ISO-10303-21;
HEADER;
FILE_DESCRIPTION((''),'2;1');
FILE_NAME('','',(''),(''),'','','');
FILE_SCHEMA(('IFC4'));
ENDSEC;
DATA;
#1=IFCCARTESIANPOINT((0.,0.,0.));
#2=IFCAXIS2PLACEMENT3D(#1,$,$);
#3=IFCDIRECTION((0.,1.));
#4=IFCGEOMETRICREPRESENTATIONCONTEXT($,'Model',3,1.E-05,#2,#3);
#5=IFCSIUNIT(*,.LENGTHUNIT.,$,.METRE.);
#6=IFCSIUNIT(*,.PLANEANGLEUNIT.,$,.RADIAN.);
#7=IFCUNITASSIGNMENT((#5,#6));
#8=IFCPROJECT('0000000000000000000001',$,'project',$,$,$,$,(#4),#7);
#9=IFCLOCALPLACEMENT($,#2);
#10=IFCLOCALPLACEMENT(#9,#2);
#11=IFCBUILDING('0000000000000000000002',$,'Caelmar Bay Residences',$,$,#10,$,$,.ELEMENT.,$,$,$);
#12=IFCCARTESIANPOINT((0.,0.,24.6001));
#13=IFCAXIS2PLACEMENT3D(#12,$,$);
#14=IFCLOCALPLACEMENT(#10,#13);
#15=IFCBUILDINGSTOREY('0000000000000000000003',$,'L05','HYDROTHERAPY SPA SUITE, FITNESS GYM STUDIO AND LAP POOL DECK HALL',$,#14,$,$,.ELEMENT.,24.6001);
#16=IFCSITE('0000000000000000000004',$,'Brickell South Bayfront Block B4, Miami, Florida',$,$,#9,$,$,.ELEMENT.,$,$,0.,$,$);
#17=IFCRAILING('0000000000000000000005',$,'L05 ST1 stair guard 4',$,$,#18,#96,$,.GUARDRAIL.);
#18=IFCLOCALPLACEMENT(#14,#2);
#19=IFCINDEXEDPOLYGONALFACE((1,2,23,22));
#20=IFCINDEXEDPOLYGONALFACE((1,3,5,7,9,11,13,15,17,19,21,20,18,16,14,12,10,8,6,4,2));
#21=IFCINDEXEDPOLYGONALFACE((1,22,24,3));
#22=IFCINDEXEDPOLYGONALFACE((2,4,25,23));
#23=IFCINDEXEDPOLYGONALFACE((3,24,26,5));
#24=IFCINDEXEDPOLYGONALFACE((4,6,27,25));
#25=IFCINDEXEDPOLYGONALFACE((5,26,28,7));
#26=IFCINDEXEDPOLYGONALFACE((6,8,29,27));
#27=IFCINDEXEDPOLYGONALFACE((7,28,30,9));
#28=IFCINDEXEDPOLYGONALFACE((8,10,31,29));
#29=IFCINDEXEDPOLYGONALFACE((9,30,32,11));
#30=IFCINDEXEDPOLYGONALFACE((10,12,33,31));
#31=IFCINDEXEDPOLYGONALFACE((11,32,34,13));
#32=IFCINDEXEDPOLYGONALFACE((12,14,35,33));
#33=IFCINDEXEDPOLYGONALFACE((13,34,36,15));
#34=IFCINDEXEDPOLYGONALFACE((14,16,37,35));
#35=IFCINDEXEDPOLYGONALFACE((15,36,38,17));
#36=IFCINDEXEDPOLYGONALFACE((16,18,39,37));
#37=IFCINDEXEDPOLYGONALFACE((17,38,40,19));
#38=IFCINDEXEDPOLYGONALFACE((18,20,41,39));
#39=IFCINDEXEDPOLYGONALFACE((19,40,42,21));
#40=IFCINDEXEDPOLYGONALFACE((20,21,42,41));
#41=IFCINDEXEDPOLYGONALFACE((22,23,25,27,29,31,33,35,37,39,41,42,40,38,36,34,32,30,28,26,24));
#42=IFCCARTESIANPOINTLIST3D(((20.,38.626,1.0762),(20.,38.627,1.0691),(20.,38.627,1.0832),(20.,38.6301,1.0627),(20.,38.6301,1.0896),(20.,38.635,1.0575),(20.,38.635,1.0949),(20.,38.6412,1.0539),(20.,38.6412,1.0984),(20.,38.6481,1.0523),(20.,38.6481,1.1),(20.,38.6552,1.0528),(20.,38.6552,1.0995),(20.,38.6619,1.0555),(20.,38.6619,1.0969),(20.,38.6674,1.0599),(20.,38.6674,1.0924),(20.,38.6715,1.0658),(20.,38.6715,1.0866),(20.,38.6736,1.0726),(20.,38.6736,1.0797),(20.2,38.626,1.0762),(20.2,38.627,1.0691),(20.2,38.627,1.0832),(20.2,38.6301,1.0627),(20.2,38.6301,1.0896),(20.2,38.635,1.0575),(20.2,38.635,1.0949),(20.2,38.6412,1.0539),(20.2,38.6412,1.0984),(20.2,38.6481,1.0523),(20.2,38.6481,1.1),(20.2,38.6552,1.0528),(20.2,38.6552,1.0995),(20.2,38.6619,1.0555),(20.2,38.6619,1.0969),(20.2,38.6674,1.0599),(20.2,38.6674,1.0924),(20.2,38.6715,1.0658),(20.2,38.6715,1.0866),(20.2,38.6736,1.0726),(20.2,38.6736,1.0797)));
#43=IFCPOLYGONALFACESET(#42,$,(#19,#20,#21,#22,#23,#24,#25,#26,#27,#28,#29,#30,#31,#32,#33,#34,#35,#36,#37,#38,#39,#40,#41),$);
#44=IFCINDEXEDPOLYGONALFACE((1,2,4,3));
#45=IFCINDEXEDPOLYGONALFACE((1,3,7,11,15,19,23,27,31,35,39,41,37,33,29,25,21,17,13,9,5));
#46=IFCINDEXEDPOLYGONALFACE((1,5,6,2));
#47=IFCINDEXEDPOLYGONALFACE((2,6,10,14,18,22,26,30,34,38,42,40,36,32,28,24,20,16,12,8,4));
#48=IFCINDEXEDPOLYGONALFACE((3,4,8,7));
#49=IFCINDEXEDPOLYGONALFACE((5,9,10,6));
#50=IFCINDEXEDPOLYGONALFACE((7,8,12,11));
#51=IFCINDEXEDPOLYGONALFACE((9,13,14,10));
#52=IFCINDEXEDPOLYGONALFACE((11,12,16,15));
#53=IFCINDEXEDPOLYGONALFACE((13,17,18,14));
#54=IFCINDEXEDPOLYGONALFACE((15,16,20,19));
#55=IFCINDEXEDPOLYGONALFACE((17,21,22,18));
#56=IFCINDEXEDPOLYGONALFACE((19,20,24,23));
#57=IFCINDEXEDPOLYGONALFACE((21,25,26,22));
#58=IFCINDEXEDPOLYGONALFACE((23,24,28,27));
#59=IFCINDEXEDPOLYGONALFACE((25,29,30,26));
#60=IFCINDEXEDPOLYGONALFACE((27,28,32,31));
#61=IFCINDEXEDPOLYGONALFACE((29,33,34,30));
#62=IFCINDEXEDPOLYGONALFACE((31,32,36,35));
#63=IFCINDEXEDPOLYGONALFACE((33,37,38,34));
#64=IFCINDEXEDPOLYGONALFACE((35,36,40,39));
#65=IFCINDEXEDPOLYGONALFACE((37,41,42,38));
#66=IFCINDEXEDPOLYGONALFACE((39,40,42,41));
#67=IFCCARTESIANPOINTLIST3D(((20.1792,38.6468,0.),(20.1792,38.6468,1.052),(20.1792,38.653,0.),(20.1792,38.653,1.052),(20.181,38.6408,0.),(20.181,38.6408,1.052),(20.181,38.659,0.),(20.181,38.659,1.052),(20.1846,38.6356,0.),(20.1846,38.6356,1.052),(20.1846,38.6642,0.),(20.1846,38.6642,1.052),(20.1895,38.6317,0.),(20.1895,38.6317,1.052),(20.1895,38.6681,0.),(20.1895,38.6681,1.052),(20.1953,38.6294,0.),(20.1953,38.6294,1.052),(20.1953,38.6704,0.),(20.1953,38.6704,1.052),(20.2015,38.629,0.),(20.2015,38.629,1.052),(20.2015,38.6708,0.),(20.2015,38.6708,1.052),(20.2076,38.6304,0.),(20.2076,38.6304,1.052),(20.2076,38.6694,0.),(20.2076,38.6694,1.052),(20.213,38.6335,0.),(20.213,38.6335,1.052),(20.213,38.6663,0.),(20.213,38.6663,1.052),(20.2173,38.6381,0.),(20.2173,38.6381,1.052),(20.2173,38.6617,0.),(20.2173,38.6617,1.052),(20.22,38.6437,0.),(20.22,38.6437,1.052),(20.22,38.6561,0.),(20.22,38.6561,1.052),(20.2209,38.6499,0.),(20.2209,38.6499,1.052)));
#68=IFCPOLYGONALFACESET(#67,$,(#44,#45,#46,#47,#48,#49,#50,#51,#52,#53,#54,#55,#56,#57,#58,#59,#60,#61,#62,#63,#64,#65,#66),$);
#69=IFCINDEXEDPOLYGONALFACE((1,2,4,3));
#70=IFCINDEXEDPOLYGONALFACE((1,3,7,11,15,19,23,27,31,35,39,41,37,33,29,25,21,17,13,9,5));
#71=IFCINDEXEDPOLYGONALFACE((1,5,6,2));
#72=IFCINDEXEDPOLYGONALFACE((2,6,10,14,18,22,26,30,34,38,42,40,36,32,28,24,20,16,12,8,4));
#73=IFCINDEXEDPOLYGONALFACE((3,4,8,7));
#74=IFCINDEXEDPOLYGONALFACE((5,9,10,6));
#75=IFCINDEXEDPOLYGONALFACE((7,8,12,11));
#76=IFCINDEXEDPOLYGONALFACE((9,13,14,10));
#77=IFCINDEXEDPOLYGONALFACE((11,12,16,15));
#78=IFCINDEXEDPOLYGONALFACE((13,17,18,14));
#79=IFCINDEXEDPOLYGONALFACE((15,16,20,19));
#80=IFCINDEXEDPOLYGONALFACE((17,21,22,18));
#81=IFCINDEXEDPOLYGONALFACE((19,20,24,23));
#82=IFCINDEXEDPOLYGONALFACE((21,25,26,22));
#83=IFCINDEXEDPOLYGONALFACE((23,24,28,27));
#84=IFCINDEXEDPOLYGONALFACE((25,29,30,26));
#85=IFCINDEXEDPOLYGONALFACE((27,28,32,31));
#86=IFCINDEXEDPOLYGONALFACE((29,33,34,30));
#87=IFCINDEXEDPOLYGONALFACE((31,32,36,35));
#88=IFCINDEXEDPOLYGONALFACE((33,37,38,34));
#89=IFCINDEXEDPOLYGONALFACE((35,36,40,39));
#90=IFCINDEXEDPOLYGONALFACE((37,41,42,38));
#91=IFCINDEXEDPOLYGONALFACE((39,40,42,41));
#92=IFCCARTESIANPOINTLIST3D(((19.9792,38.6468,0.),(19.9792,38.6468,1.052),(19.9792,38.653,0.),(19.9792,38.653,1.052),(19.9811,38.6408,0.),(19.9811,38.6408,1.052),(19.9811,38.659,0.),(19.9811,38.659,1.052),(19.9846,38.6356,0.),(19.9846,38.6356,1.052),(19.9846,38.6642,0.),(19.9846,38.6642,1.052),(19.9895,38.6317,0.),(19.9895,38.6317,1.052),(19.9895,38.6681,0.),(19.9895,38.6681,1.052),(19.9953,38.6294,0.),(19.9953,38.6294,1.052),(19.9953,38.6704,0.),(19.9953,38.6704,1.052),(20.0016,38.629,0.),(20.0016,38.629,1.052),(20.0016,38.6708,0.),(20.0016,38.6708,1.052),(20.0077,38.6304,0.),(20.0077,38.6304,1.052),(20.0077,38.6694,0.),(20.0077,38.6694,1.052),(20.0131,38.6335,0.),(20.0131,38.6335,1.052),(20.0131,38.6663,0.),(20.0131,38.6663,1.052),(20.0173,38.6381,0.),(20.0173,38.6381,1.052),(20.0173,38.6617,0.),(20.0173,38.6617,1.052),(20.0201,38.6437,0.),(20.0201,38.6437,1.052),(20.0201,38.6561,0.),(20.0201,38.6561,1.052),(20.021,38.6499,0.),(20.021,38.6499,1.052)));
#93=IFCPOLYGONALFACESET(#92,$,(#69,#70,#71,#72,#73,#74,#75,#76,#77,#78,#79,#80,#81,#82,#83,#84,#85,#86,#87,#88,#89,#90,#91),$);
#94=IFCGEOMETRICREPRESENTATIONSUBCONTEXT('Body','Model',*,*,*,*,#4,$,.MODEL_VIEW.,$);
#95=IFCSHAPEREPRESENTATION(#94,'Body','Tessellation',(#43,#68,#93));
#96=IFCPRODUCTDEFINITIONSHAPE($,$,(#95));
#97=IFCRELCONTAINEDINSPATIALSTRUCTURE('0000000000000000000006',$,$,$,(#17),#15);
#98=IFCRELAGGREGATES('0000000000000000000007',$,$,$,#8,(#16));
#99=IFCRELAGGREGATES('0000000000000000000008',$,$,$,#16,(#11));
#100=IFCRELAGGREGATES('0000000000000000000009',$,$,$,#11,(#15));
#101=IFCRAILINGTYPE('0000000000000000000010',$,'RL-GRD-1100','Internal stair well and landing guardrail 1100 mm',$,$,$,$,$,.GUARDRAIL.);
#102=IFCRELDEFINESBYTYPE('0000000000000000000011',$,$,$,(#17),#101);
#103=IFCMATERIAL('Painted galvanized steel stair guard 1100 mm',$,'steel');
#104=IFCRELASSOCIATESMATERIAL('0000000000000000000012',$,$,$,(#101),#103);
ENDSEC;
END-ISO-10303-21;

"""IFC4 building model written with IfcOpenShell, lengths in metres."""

from ifc_helpers import new_model, si_unit, direction, frame, origin, origin_2d, place, context, subcontext, project, spatial, circle, extrude, material, type_object, element, save


model = new_model("IFC4")

# Units and contexts
model_context = context("Model", 3, precision=1e-05, world=origin(), true_north=direction((0.0, 1.0)))
body_context = subcontext(model_context, "Body", "Model", "MODEL_VIEW")
ifc_project = project(units=[si_unit("LENGTHUNIT", "METRE"), si_unit("PLANEANGLEUNIT", "RADIAN")], contexts=[model_context])

# Site, building, storey
site_placement = place(None, origin())
site = spatial("IfcSite", under=ifc_project, at=site_placement, Name="Brickell South Bayfront Block B4, Miami, Florida", CompositionType="ELEMENT", RefElevation=0.0)
building_placement = place(site_placement, origin())
building = spatial("IfcBuilding", under=site, at=building_placement, Name="Caelmar Bay Residences", CompositionType="ELEMENT")
storey_placement = place(building_placement, frame((0.0, 0.0, 24.6001)))
storey = spatial("IfcBuildingStorey", under=building, at=storey_placement, Name="L05", Description="HYDROTHERAPY SPA SUITE, FITNESS GYM STUDIO AND LAP POOL DECK HALL", CompositionType="ELEMENT", Elevation=24.6001)

# Railing
ifc_material_1 = material(Name="Painted galvanized steel stair guard 1100 mm", Category="steel")
railing_type = type_object("IfcRailingType", Name="RL-GRD-1100", Description="Internal stair well and landing guardrail 1100 mm", PredefinedType="GUARDRAIL", material=ifc_material_1)
railing_1_placement = place(storey_placement, frame((20.2, 38.6499, 0.0)))
element("IfcRailing", 1, at=railing_1_placement, inside=storey, type_object=railing_type, Name="L05 ST1 stair guard 4", PredefinedType="GUARDRAIL", context=body_context, shape_type="SweptSolid", body=[
    extrude(circle(Radius=0.0239, at=origin_2d()), frame((0.0, 0.0, 1.0762), z_axis=(-1.0, 0.0, 0.0), x_axis=(0.0, -1.0, 0.0)), (0.0, 0.0, 1.0), 0.2),
    extrude(circle(Radius=0.021, at=origin_2d()), origin(), (0.0, 0.0, 1.0), 1.052),
    extrude(circle(Radius=0.021, at=origin_2d()), frame((-0.2, 0.0, 0.0)), (0.0, 0.0, 1.0), 1.052),
])

save(model, "model.ifc")
